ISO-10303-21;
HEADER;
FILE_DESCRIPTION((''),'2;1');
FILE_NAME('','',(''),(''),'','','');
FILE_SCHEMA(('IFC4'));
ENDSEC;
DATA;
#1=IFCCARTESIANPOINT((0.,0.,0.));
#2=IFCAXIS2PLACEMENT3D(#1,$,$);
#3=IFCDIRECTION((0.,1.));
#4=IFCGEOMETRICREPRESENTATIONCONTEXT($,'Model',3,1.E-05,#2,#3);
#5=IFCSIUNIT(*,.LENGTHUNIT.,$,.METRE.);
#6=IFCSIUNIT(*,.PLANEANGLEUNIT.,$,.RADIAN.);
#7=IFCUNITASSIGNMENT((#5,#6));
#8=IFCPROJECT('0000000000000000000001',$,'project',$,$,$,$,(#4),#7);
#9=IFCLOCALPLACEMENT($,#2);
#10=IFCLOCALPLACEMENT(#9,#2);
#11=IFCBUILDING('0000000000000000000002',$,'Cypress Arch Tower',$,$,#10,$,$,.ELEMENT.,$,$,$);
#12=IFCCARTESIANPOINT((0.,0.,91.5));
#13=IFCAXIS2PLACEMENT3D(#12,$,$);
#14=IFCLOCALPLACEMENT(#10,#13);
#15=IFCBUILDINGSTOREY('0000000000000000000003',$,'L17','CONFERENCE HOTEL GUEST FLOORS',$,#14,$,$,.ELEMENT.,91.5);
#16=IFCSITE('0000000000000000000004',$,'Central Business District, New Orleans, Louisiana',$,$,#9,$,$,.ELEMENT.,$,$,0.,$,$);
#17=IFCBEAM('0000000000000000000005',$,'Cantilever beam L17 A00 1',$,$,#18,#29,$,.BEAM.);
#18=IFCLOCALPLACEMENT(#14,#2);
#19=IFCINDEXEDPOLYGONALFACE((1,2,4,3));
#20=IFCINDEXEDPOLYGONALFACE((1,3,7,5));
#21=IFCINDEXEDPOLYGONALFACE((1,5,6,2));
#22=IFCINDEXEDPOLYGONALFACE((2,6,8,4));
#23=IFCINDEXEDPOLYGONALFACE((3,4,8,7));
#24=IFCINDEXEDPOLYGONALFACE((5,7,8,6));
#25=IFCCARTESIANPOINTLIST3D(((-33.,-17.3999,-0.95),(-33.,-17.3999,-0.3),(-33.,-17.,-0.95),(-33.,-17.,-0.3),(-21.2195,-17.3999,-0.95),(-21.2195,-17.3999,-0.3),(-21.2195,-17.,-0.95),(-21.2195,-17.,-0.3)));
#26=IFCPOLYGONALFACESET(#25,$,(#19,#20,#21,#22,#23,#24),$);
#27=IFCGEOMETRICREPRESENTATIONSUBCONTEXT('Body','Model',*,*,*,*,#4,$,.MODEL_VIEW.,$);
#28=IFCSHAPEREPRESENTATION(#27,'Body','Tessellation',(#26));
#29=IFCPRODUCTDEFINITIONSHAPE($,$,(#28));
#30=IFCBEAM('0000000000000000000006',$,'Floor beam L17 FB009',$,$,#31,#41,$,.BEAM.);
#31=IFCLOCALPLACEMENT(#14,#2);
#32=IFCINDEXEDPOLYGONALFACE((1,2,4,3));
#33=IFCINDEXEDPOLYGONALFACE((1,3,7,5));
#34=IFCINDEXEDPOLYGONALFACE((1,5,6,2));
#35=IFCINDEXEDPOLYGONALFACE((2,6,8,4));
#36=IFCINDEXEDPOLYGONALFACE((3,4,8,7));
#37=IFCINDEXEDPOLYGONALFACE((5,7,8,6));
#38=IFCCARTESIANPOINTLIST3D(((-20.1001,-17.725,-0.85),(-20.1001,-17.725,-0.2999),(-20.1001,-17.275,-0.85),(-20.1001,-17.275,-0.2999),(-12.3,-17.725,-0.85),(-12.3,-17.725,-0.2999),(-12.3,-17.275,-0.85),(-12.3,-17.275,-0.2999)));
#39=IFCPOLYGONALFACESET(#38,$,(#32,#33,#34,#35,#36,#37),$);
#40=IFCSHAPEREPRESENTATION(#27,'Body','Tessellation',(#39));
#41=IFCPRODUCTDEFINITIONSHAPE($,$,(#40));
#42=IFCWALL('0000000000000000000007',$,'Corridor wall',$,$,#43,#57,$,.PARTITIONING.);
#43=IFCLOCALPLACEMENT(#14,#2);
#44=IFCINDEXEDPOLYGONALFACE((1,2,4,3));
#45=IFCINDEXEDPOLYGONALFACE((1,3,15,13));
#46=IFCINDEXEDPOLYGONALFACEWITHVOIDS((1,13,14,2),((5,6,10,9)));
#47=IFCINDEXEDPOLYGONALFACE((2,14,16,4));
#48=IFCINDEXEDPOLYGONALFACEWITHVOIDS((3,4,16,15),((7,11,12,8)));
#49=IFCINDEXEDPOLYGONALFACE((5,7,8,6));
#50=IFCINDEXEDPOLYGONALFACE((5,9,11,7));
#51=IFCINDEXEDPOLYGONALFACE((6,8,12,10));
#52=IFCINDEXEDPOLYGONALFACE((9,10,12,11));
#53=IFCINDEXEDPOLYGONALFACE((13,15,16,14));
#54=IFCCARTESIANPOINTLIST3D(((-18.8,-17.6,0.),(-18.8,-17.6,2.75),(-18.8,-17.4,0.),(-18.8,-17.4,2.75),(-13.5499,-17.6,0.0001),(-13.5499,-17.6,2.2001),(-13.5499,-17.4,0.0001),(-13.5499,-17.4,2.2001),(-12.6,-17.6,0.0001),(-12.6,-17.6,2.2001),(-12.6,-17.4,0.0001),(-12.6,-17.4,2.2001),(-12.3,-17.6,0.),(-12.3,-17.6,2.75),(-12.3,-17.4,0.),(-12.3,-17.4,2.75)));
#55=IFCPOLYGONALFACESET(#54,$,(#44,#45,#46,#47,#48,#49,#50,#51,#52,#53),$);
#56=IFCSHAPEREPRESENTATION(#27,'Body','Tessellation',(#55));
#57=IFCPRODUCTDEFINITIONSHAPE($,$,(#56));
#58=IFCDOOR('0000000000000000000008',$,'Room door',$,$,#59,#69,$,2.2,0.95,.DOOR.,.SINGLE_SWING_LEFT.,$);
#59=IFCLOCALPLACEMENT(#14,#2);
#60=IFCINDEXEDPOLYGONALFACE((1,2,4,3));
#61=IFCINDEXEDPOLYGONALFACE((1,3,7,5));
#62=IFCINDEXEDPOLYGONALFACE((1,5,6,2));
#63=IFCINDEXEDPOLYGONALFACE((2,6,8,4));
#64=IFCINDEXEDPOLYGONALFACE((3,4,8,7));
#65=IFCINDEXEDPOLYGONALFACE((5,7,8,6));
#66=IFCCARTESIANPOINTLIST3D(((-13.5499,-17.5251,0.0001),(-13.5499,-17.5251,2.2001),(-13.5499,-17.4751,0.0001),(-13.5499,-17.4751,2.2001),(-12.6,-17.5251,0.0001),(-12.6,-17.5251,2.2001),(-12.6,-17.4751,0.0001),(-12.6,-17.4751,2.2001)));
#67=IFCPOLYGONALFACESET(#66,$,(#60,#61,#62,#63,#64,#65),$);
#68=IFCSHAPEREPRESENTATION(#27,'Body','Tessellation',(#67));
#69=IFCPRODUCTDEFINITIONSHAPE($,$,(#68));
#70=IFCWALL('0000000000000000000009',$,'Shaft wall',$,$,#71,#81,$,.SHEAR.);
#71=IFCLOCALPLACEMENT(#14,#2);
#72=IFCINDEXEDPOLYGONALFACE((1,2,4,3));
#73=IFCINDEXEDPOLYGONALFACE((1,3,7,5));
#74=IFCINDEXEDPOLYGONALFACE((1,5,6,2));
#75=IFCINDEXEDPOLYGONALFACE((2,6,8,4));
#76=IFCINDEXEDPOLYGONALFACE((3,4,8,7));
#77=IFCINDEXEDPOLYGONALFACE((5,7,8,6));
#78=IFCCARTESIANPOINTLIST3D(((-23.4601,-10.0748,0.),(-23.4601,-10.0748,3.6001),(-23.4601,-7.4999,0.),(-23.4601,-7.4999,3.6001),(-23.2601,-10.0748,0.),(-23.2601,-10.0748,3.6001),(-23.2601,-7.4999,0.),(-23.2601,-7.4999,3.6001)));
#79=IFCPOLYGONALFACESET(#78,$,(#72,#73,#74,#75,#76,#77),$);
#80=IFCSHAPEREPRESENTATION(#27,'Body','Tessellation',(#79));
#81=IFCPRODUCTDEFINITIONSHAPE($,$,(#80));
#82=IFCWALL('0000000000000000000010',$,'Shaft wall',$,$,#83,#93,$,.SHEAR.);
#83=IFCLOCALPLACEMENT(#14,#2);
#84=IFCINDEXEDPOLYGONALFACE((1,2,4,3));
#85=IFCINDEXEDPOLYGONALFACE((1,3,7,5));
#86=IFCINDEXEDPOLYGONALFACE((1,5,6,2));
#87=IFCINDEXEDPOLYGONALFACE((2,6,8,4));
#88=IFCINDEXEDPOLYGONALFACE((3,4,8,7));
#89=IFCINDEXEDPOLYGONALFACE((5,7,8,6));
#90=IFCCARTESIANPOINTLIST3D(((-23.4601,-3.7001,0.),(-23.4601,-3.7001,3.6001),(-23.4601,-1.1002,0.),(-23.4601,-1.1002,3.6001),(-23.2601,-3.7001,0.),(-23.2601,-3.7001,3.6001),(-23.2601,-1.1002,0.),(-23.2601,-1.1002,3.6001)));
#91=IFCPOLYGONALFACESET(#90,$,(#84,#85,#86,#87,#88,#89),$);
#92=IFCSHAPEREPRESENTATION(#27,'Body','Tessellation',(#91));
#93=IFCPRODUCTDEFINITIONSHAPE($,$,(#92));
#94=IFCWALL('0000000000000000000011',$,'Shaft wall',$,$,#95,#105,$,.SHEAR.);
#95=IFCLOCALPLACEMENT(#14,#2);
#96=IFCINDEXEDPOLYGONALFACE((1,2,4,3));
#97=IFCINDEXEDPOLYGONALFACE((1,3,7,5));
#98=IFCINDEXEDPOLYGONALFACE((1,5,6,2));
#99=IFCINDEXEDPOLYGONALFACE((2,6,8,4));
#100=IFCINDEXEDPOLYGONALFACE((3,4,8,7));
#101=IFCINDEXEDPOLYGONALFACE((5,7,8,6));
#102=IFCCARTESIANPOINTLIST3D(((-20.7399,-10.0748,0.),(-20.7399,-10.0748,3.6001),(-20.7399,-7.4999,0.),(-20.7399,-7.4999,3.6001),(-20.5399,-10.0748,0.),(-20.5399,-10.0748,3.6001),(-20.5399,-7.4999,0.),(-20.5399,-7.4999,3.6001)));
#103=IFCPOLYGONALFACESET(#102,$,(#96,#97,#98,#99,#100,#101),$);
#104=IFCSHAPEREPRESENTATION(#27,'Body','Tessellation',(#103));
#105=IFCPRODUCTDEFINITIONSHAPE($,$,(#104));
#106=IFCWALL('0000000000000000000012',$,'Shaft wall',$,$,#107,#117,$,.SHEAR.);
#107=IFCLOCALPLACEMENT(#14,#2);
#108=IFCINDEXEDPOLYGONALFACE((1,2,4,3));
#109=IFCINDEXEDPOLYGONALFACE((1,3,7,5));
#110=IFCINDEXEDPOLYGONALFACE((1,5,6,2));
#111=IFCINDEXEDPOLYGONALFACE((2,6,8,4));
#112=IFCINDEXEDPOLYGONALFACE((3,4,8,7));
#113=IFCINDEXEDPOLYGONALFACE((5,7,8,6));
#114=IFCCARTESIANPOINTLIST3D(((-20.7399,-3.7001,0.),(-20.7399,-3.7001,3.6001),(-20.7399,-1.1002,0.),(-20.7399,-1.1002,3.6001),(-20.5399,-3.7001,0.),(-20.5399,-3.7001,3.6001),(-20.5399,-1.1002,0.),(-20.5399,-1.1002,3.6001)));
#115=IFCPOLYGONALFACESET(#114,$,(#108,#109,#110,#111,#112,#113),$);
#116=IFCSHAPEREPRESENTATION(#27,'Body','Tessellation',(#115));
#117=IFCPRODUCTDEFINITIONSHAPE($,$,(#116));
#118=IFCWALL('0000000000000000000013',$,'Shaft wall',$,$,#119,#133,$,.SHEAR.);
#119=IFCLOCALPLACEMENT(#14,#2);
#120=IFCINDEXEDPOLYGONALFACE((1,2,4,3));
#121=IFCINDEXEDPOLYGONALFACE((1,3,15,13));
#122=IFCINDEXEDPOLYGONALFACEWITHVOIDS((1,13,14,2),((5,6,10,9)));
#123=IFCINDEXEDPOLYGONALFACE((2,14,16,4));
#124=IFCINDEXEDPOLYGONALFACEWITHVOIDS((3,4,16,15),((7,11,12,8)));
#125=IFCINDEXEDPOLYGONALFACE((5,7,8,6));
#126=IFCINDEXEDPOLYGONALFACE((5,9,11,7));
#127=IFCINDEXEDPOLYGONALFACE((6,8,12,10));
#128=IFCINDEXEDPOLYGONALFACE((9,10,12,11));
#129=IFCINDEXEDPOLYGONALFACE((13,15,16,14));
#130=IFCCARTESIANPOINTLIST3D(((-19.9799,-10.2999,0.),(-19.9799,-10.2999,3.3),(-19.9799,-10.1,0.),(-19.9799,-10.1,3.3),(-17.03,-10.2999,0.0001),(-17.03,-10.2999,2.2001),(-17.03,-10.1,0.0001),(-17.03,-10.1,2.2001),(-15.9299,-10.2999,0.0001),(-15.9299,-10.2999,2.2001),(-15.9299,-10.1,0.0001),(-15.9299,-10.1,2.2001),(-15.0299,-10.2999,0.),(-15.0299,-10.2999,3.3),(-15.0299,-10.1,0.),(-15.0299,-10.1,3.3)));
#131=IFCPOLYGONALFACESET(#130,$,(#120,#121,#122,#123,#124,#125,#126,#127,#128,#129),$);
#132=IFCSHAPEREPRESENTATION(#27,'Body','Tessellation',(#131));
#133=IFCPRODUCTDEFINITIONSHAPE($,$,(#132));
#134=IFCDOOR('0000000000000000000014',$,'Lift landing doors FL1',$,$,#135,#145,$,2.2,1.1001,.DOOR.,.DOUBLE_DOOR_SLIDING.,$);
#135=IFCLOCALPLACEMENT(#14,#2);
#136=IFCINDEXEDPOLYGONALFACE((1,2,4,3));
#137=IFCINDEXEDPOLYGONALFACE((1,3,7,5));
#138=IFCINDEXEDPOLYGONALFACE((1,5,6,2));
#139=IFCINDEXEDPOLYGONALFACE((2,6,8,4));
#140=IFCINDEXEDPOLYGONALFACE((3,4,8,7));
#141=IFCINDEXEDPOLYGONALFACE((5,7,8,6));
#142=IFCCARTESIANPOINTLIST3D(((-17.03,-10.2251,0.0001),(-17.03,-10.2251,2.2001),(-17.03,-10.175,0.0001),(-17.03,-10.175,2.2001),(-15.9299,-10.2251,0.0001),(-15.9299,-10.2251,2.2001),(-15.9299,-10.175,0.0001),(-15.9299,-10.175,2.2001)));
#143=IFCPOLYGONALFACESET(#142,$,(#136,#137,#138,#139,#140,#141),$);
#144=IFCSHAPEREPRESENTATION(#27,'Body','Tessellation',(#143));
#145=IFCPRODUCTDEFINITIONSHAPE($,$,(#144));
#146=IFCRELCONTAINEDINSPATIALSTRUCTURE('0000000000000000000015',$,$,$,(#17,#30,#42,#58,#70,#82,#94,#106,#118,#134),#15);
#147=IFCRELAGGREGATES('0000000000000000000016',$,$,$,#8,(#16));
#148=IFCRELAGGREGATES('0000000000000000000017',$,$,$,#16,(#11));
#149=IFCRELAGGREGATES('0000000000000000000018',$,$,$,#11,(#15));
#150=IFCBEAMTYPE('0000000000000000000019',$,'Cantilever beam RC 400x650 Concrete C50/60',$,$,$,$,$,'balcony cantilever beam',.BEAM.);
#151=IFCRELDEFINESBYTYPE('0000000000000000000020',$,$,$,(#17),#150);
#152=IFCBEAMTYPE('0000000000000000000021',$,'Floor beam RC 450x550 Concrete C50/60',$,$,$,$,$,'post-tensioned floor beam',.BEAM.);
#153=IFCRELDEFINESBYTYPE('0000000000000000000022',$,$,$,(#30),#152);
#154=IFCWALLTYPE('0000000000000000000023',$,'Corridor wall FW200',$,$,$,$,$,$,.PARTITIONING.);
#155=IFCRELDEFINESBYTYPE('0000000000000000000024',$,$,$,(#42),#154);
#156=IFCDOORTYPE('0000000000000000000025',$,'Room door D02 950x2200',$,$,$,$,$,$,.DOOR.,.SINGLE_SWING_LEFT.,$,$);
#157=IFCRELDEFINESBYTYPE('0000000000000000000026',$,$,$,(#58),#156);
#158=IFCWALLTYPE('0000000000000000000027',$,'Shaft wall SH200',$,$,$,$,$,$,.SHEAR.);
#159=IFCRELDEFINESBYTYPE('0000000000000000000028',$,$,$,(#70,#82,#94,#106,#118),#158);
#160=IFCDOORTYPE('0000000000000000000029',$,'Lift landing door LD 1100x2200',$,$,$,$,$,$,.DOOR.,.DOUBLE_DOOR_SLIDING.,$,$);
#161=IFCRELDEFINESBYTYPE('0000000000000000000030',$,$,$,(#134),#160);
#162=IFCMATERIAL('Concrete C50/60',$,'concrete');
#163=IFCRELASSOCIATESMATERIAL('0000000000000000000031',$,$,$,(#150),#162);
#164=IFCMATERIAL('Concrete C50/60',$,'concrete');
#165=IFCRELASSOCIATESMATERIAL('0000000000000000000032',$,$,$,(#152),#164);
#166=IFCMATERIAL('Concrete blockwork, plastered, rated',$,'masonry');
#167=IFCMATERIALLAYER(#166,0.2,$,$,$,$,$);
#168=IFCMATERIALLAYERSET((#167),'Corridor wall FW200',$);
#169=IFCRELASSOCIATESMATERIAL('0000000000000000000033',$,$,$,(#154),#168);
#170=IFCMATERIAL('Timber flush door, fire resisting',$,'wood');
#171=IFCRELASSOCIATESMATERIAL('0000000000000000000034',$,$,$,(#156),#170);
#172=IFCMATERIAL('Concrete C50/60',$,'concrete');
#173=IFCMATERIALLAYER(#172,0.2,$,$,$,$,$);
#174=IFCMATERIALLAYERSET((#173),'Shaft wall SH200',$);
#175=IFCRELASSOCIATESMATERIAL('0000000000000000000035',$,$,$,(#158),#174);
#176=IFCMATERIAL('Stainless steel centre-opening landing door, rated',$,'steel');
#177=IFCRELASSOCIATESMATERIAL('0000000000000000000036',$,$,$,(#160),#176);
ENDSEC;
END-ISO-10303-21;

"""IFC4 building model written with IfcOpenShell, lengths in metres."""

from ifc_helpers import new_model, si_unit, direction, frame, frame_2d, origin, origin_2d, place, context, subcontext, project, spatial, rectangle, extrude, material, layer, layer_set, material_profile, profile_set, type_object, element, fill, save


model = new_model("IFC4")

# Units and contexts
model_context = context("Model", 3, precision=1e-05, world=origin(), true_north=direction((0.0, 1.0)))
body_context = subcontext(model_context, "Body", "Model", "MODEL_VIEW")
ifc_project = project(units=[si_unit("LENGTHUNIT", "METRE"), si_unit("PLANEANGLEUNIT", "RADIAN")], contexts=[model_context])

# Site, building, storey
site_placement = place(None, origin())
site = spatial("IfcSite", under=ifc_project, at=site_placement, Name="Central Business District, New Orleans, Louisiana", CompositionType="ELEMENT", RefElevation=0.0)
building_placement = place(site_placement, origin())
building = spatial("IfcBuilding", under=site, at=building_placement, Name="Cypress Arch Tower", CompositionType="ELEMENT")
storey_placement = place(building_placement, frame((0.0, 0.0, 91.5)))
storey = spatial("IfcBuildingStorey", under=building, at=storey_placement, Name="L17", Description="CONFERENCE HOTEL GUEST FLOORS", CompositionType="ELEMENT", Elevation=91.5)

# Beams
ifc_material_1 = material(Name="Concrete C50/60", Category="concrete")
ifc_material_profile_1 = material_profile(ifc_material_1, rectangle(XDim=0.3999, YDim=0.6499, at=origin_2d()), Name="RC 400x650")
ifc_profile_set_1 = profile_set([ifc_material_profile_1], Name="Concrete C50/60")
beam_type_1 = type_object("IfcBeamType", Name="Cantilever beam RC 400x650 Concrete C50/60", ElementType="balcony cantilever beam", PredefinedType="BEAM", material=ifc_profile_set_1)
beam_1_placement = place(storey_placement, frame((-21.2195, -17.2, -0.625), z_axis=(-1.0, 0.0, 0.0), x_axis=(0.0, -1.0, 0.0)))
element("IfcBeam", 1, at=beam_1_placement, inside=storey, type_object=beam_type_1, Name="Cantilever beam L17 A00 1", PredefinedType="BEAM", context=body_context, shape_type="SweptSolid", body=[
    extrude(rectangle(XDim=0.3999, YDim=0.6499, at=origin_2d()), origin(), (0.0, 0.0, 1.0), 11.7805),
])
ifc_material_2 = material(Name="Concrete C50/60", Category="concrete")
ifc_material_profile_2 = material_profile(ifc_material_2, rectangle(XDim=0.45, YDim=0.55, at=origin_2d()), Name="RC 450x550")
ifc_profile_set_2 = profile_set([ifc_material_profile_2], Name="Concrete C50/60")
beam_type_2 = type_object("IfcBeamType", Name="Floor beam RC 450x550 Concrete C50/60", ElementType="post-tensioned floor beam", PredefinedType="BEAM", material=ifc_profile_set_2)
beam_2_placement = place(storey_placement, frame((-20.1001, -17.5, -0.575), z_axis=(1.0, 0.0, 0.0), x_axis=(0.0, 1.0, 0.0)))
element("IfcBeam", 2, at=beam_2_placement, inside=storey, type_object=beam_type_2, Name="Floor beam L17 FB009", PredefinedType="BEAM", context=body_context, shape_type="SweptSolid", body=[
    extrude(rectangle(XDim=0.45, YDim=0.55, at=origin_2d()), origin(), (0.0, 0.0, 1.0), 7.8),
])

# Wall, opening, door
ifc_material_3 = material(Name="Concrete blockwork, plastered, rated", Category="masonry")
ifc_layer_1 = layer(ifc_material_3, 0.2)
ifc_layer_set_1 = layer_set([ifc_layer_1], Name="Corridor wall FW200")
wall_type_1 = type_object("IfcWallType", Name="Corridor wall FW200", PredefinedType="PARTITIONING", material=ifc_layer_set_1)
wall_1_placement = place(storey_placement, frame((-18.8, -17.5, 0.0), z_axis=(0.0, 0.0, 1.0), x_axis=(1.0, 0.0, 0.0)))
wall_1 = element("IfcWall", 3, at=wall_1_placement, inside=storey, type_object=wall_type_1, Name="Corridor wall", PredefinedType="PARTITIONING", context=body_context, shape_type="SweptSolid", body=[
    extrude(rectangle(XDim=6.5, YDim=0.2, at=frame_2d((3.25, 0.0))), origin(), (0.0, 0.0, 1.0), 2.75),
])
opening_1_placement = place(wall_1_placement, frame((5.25, 0.0, 0.0)))
opening_1 = element("IfcOpeningElement", 4, at=opening_1_placement, cuts=wall_1, PredefinedType="OPENING", context=body_context, shape_type="SweptSolid", body=[
    extrude(rectangle(XDim=0.95, YDim=2.2, at=frame_2d((0.4751, 1.1001))), frame((0.0, 0.1099, 0.0), z_axis=(0.0, -1.0, 0.0), x_axis=(1.0, 0.0, 0.0)), (0.0, 0.0, 1.0), 0.22),
])
ifc_material_4 = material(Name="Timber flush door, fire resisting", Category="wood")
door_type_1 = type_object("IfcDoorType", Name="Room door D02 950x2200", OperationType="SINGLE_SWING_LEFT", PredefinedType="DOOR", material=ifc_material_4)
door_1_placement = place(opening_1_placement, origin())
door_1 = element("IfcDoor", 5, at=door_1_placement, inside=storey, type_object=door_type_1, Name="Room door", OperationType="SINGLE_SWING_LEFT", OverallHeight=2.2, OverallWidth=0.95, PredefinedType="DOOR", context=body_context, shape_type="SweptSolid", body=[
    extrude(rectangle(XDim=0.95, YDim=2.2, at=frame_2d((0.4751, 1.1001))), frame((0.0, 0.0249, 0.0), z_axis=(0.0, -1.0, 0.0), x_axis=(1.0, 0.0, 0.0)), (0.0, 0.0, 1.0), 0.05),
])
fill(opening_1, door_1)

# Walls
ifc_material_5 = material(Name="Concrete C50/60", Category="concrete")
ifc_layer_2 = layer(ifc_material_5, 0.2)
ifc_layer_set_2 = layer_set([ifc_layer_2], Name="Shaft wall SH200")
wall_type_2 = type_object("IfcWallType", Name="Shaft wall SH200", PredefinedType="SHEAR", material=ifc_layer_set_2)
wall_2_placement = place(storey_placement, frame((-23.3601, -10.075, 0.0), z_axis=(0.0, 0.0, 1.0), x_axis=(0.0, 1.0, 0.0)))
element("IfcWall", 6, at=wall_2_placement, inside=storey, type_object=wall_type_2, Name="Shaft wall", PredefinedType="SHEAR", context=body_context, shape_type="SweptSolid", body=[
    extrude(rectangle(XDim=2.575, YDim=0.2, at=frame_2d((1.2876, 0.0))), origin(), (0.0, 0.0, 1.0), 3.6001),
])
wall_3_placement = place(storey_placement, frame((-23.3601, -3.7, 0.0), z_axis=(0.0, 0.0, 1.0), x_axis=(0.0, 1.0, 0.0)))
element("IfcWall", 7, at=wall_3_placement, inside=storey, type_object=wall_type_2, Name="Shaft wall", PredefinedType="SHEAR", context=body_context, shape_type="SweptSolid", body=[
    extrude(rectangle(XDim=2.5999, YDim=0.2, at=frame_2d((1.2998, 0.0))), origin(), (0.0, 0.0, 1.0), 3.6001),
])
wall_4_placement = place(storey_placement, frame((-20.6399, -10.075, 0.0), z_axis=(0.0, 0.0, 1.0), x_axis=(0.0, 1.0, 0.0)))
element("IfcWall", 8, at=wall_4_placement, inside=storey, type_object=wall_type_2, Name="Shaft wall", PredefinedType="SHEAR", context=body_context, shape_type="SweptSolid", body=[
    extrude(rectangle(XDim=2.575, YDim=0.2, at=frame_2d((1.2876, 0.0))), origin(), (0.0, 0.0, 1.0), 3.6001),
])
wall_5_placement = place(storey_placement, frame((-20.6399, -3.7, 0.0), z_axis=(0.0, 0.0, 1.0), x_axis=(0.0, 1.0, 0.0)))
element("IfcWall", 9, at=wall_5_placement, inside=storey, type_object=wall_type_2, Name="Shaft wall", PredefinedType="SHEAR", context=body_context, shape_type="SweptSolid", body=[
    extrude(rectangle(XDim=2.5999, YDim=0.2, at=frame_2d((1.2998, 0.0))), origin(), (0.0, 0.0, 1.0), 3.6001),
])

# Wall, opening, door
wall_6_placement = place(storey_placement, frame((-19.98, -10.2, 0.0), z_axis=(0.0, 0.0, 1.0), x_axis=(1.0, 0.0, 0.0)))
wall_6 = element("IfcWall", 10, at=wall_6_placement, inside=storey, type_object=wall_type_2, Name="Shaft wall", PredefinedType="SHEAR", context=body_context, shape_type="SweptSolid", body=[
    extrude(rectangle(XDim=4.95, YDim=0.2, at=frame_2d((2.4751, 0.0))), origin(), (0.0, 0.0, 1.0), 3.3),
])
opening_2_placement = place(wall_6_placement, frame((2.95, 0.0, 0.0)))
opening_2 = element("IfcOpeningElement", 11, at=opening_2_placement, cuts=wall_6, PredefinedType="OPENING", context=body_context, shape_type="SweptSolid", body=[
    extrude(rectangle(XDim=1.1001, YDim=2.2, at=frame_2d((0.55, 1.1001))), frame((0.0, 0.1099, 0.0), z_axis=(0.0, -1.0, 0.0), x_axis=(1.0, 0.0, 0.0)), (0.0, 0.0, 1.0), 0.22),
])
ifc_material_6 = material(Name="Stainless steel centre-opening landing door, rated", Category="steel")
door_type_2 = type_object("IfcDoorType", Name="Lift landing door LD 1100x2200", OperationType="DOUBLE_DOOR_SLIDING", PredefinedType="DOOR", material=ifc_material_6)
door_2_placement = place(opening_2_placement, origin())
door_2 = element("IfcDoor", 12, at=door_2_placement, inside=storey, type_object=door_type_2, Name="Lift landing doors FL1", OperationType="DOUBLE_DOOR_SLIDING", OverallHeight=2.2, OverallWidth=1.1001, PredefinedType="DOOR", context=body_context, shape_type="SweptSolid", body=[
    extrude(rectangle(XDim=1.1001, YDim=2.2, at=frame_2d((0.55, 1.1001))), frame((0.0, 0.0249, 0.0), z_axis=(0.0, -1.0, 0.0), x_axis=(1.0, 0.0, 0.0)), (0.0, 0.0, 1.0), 0.05),
])
fill(opening_2, door_2)

save(model, "model.ifc")
